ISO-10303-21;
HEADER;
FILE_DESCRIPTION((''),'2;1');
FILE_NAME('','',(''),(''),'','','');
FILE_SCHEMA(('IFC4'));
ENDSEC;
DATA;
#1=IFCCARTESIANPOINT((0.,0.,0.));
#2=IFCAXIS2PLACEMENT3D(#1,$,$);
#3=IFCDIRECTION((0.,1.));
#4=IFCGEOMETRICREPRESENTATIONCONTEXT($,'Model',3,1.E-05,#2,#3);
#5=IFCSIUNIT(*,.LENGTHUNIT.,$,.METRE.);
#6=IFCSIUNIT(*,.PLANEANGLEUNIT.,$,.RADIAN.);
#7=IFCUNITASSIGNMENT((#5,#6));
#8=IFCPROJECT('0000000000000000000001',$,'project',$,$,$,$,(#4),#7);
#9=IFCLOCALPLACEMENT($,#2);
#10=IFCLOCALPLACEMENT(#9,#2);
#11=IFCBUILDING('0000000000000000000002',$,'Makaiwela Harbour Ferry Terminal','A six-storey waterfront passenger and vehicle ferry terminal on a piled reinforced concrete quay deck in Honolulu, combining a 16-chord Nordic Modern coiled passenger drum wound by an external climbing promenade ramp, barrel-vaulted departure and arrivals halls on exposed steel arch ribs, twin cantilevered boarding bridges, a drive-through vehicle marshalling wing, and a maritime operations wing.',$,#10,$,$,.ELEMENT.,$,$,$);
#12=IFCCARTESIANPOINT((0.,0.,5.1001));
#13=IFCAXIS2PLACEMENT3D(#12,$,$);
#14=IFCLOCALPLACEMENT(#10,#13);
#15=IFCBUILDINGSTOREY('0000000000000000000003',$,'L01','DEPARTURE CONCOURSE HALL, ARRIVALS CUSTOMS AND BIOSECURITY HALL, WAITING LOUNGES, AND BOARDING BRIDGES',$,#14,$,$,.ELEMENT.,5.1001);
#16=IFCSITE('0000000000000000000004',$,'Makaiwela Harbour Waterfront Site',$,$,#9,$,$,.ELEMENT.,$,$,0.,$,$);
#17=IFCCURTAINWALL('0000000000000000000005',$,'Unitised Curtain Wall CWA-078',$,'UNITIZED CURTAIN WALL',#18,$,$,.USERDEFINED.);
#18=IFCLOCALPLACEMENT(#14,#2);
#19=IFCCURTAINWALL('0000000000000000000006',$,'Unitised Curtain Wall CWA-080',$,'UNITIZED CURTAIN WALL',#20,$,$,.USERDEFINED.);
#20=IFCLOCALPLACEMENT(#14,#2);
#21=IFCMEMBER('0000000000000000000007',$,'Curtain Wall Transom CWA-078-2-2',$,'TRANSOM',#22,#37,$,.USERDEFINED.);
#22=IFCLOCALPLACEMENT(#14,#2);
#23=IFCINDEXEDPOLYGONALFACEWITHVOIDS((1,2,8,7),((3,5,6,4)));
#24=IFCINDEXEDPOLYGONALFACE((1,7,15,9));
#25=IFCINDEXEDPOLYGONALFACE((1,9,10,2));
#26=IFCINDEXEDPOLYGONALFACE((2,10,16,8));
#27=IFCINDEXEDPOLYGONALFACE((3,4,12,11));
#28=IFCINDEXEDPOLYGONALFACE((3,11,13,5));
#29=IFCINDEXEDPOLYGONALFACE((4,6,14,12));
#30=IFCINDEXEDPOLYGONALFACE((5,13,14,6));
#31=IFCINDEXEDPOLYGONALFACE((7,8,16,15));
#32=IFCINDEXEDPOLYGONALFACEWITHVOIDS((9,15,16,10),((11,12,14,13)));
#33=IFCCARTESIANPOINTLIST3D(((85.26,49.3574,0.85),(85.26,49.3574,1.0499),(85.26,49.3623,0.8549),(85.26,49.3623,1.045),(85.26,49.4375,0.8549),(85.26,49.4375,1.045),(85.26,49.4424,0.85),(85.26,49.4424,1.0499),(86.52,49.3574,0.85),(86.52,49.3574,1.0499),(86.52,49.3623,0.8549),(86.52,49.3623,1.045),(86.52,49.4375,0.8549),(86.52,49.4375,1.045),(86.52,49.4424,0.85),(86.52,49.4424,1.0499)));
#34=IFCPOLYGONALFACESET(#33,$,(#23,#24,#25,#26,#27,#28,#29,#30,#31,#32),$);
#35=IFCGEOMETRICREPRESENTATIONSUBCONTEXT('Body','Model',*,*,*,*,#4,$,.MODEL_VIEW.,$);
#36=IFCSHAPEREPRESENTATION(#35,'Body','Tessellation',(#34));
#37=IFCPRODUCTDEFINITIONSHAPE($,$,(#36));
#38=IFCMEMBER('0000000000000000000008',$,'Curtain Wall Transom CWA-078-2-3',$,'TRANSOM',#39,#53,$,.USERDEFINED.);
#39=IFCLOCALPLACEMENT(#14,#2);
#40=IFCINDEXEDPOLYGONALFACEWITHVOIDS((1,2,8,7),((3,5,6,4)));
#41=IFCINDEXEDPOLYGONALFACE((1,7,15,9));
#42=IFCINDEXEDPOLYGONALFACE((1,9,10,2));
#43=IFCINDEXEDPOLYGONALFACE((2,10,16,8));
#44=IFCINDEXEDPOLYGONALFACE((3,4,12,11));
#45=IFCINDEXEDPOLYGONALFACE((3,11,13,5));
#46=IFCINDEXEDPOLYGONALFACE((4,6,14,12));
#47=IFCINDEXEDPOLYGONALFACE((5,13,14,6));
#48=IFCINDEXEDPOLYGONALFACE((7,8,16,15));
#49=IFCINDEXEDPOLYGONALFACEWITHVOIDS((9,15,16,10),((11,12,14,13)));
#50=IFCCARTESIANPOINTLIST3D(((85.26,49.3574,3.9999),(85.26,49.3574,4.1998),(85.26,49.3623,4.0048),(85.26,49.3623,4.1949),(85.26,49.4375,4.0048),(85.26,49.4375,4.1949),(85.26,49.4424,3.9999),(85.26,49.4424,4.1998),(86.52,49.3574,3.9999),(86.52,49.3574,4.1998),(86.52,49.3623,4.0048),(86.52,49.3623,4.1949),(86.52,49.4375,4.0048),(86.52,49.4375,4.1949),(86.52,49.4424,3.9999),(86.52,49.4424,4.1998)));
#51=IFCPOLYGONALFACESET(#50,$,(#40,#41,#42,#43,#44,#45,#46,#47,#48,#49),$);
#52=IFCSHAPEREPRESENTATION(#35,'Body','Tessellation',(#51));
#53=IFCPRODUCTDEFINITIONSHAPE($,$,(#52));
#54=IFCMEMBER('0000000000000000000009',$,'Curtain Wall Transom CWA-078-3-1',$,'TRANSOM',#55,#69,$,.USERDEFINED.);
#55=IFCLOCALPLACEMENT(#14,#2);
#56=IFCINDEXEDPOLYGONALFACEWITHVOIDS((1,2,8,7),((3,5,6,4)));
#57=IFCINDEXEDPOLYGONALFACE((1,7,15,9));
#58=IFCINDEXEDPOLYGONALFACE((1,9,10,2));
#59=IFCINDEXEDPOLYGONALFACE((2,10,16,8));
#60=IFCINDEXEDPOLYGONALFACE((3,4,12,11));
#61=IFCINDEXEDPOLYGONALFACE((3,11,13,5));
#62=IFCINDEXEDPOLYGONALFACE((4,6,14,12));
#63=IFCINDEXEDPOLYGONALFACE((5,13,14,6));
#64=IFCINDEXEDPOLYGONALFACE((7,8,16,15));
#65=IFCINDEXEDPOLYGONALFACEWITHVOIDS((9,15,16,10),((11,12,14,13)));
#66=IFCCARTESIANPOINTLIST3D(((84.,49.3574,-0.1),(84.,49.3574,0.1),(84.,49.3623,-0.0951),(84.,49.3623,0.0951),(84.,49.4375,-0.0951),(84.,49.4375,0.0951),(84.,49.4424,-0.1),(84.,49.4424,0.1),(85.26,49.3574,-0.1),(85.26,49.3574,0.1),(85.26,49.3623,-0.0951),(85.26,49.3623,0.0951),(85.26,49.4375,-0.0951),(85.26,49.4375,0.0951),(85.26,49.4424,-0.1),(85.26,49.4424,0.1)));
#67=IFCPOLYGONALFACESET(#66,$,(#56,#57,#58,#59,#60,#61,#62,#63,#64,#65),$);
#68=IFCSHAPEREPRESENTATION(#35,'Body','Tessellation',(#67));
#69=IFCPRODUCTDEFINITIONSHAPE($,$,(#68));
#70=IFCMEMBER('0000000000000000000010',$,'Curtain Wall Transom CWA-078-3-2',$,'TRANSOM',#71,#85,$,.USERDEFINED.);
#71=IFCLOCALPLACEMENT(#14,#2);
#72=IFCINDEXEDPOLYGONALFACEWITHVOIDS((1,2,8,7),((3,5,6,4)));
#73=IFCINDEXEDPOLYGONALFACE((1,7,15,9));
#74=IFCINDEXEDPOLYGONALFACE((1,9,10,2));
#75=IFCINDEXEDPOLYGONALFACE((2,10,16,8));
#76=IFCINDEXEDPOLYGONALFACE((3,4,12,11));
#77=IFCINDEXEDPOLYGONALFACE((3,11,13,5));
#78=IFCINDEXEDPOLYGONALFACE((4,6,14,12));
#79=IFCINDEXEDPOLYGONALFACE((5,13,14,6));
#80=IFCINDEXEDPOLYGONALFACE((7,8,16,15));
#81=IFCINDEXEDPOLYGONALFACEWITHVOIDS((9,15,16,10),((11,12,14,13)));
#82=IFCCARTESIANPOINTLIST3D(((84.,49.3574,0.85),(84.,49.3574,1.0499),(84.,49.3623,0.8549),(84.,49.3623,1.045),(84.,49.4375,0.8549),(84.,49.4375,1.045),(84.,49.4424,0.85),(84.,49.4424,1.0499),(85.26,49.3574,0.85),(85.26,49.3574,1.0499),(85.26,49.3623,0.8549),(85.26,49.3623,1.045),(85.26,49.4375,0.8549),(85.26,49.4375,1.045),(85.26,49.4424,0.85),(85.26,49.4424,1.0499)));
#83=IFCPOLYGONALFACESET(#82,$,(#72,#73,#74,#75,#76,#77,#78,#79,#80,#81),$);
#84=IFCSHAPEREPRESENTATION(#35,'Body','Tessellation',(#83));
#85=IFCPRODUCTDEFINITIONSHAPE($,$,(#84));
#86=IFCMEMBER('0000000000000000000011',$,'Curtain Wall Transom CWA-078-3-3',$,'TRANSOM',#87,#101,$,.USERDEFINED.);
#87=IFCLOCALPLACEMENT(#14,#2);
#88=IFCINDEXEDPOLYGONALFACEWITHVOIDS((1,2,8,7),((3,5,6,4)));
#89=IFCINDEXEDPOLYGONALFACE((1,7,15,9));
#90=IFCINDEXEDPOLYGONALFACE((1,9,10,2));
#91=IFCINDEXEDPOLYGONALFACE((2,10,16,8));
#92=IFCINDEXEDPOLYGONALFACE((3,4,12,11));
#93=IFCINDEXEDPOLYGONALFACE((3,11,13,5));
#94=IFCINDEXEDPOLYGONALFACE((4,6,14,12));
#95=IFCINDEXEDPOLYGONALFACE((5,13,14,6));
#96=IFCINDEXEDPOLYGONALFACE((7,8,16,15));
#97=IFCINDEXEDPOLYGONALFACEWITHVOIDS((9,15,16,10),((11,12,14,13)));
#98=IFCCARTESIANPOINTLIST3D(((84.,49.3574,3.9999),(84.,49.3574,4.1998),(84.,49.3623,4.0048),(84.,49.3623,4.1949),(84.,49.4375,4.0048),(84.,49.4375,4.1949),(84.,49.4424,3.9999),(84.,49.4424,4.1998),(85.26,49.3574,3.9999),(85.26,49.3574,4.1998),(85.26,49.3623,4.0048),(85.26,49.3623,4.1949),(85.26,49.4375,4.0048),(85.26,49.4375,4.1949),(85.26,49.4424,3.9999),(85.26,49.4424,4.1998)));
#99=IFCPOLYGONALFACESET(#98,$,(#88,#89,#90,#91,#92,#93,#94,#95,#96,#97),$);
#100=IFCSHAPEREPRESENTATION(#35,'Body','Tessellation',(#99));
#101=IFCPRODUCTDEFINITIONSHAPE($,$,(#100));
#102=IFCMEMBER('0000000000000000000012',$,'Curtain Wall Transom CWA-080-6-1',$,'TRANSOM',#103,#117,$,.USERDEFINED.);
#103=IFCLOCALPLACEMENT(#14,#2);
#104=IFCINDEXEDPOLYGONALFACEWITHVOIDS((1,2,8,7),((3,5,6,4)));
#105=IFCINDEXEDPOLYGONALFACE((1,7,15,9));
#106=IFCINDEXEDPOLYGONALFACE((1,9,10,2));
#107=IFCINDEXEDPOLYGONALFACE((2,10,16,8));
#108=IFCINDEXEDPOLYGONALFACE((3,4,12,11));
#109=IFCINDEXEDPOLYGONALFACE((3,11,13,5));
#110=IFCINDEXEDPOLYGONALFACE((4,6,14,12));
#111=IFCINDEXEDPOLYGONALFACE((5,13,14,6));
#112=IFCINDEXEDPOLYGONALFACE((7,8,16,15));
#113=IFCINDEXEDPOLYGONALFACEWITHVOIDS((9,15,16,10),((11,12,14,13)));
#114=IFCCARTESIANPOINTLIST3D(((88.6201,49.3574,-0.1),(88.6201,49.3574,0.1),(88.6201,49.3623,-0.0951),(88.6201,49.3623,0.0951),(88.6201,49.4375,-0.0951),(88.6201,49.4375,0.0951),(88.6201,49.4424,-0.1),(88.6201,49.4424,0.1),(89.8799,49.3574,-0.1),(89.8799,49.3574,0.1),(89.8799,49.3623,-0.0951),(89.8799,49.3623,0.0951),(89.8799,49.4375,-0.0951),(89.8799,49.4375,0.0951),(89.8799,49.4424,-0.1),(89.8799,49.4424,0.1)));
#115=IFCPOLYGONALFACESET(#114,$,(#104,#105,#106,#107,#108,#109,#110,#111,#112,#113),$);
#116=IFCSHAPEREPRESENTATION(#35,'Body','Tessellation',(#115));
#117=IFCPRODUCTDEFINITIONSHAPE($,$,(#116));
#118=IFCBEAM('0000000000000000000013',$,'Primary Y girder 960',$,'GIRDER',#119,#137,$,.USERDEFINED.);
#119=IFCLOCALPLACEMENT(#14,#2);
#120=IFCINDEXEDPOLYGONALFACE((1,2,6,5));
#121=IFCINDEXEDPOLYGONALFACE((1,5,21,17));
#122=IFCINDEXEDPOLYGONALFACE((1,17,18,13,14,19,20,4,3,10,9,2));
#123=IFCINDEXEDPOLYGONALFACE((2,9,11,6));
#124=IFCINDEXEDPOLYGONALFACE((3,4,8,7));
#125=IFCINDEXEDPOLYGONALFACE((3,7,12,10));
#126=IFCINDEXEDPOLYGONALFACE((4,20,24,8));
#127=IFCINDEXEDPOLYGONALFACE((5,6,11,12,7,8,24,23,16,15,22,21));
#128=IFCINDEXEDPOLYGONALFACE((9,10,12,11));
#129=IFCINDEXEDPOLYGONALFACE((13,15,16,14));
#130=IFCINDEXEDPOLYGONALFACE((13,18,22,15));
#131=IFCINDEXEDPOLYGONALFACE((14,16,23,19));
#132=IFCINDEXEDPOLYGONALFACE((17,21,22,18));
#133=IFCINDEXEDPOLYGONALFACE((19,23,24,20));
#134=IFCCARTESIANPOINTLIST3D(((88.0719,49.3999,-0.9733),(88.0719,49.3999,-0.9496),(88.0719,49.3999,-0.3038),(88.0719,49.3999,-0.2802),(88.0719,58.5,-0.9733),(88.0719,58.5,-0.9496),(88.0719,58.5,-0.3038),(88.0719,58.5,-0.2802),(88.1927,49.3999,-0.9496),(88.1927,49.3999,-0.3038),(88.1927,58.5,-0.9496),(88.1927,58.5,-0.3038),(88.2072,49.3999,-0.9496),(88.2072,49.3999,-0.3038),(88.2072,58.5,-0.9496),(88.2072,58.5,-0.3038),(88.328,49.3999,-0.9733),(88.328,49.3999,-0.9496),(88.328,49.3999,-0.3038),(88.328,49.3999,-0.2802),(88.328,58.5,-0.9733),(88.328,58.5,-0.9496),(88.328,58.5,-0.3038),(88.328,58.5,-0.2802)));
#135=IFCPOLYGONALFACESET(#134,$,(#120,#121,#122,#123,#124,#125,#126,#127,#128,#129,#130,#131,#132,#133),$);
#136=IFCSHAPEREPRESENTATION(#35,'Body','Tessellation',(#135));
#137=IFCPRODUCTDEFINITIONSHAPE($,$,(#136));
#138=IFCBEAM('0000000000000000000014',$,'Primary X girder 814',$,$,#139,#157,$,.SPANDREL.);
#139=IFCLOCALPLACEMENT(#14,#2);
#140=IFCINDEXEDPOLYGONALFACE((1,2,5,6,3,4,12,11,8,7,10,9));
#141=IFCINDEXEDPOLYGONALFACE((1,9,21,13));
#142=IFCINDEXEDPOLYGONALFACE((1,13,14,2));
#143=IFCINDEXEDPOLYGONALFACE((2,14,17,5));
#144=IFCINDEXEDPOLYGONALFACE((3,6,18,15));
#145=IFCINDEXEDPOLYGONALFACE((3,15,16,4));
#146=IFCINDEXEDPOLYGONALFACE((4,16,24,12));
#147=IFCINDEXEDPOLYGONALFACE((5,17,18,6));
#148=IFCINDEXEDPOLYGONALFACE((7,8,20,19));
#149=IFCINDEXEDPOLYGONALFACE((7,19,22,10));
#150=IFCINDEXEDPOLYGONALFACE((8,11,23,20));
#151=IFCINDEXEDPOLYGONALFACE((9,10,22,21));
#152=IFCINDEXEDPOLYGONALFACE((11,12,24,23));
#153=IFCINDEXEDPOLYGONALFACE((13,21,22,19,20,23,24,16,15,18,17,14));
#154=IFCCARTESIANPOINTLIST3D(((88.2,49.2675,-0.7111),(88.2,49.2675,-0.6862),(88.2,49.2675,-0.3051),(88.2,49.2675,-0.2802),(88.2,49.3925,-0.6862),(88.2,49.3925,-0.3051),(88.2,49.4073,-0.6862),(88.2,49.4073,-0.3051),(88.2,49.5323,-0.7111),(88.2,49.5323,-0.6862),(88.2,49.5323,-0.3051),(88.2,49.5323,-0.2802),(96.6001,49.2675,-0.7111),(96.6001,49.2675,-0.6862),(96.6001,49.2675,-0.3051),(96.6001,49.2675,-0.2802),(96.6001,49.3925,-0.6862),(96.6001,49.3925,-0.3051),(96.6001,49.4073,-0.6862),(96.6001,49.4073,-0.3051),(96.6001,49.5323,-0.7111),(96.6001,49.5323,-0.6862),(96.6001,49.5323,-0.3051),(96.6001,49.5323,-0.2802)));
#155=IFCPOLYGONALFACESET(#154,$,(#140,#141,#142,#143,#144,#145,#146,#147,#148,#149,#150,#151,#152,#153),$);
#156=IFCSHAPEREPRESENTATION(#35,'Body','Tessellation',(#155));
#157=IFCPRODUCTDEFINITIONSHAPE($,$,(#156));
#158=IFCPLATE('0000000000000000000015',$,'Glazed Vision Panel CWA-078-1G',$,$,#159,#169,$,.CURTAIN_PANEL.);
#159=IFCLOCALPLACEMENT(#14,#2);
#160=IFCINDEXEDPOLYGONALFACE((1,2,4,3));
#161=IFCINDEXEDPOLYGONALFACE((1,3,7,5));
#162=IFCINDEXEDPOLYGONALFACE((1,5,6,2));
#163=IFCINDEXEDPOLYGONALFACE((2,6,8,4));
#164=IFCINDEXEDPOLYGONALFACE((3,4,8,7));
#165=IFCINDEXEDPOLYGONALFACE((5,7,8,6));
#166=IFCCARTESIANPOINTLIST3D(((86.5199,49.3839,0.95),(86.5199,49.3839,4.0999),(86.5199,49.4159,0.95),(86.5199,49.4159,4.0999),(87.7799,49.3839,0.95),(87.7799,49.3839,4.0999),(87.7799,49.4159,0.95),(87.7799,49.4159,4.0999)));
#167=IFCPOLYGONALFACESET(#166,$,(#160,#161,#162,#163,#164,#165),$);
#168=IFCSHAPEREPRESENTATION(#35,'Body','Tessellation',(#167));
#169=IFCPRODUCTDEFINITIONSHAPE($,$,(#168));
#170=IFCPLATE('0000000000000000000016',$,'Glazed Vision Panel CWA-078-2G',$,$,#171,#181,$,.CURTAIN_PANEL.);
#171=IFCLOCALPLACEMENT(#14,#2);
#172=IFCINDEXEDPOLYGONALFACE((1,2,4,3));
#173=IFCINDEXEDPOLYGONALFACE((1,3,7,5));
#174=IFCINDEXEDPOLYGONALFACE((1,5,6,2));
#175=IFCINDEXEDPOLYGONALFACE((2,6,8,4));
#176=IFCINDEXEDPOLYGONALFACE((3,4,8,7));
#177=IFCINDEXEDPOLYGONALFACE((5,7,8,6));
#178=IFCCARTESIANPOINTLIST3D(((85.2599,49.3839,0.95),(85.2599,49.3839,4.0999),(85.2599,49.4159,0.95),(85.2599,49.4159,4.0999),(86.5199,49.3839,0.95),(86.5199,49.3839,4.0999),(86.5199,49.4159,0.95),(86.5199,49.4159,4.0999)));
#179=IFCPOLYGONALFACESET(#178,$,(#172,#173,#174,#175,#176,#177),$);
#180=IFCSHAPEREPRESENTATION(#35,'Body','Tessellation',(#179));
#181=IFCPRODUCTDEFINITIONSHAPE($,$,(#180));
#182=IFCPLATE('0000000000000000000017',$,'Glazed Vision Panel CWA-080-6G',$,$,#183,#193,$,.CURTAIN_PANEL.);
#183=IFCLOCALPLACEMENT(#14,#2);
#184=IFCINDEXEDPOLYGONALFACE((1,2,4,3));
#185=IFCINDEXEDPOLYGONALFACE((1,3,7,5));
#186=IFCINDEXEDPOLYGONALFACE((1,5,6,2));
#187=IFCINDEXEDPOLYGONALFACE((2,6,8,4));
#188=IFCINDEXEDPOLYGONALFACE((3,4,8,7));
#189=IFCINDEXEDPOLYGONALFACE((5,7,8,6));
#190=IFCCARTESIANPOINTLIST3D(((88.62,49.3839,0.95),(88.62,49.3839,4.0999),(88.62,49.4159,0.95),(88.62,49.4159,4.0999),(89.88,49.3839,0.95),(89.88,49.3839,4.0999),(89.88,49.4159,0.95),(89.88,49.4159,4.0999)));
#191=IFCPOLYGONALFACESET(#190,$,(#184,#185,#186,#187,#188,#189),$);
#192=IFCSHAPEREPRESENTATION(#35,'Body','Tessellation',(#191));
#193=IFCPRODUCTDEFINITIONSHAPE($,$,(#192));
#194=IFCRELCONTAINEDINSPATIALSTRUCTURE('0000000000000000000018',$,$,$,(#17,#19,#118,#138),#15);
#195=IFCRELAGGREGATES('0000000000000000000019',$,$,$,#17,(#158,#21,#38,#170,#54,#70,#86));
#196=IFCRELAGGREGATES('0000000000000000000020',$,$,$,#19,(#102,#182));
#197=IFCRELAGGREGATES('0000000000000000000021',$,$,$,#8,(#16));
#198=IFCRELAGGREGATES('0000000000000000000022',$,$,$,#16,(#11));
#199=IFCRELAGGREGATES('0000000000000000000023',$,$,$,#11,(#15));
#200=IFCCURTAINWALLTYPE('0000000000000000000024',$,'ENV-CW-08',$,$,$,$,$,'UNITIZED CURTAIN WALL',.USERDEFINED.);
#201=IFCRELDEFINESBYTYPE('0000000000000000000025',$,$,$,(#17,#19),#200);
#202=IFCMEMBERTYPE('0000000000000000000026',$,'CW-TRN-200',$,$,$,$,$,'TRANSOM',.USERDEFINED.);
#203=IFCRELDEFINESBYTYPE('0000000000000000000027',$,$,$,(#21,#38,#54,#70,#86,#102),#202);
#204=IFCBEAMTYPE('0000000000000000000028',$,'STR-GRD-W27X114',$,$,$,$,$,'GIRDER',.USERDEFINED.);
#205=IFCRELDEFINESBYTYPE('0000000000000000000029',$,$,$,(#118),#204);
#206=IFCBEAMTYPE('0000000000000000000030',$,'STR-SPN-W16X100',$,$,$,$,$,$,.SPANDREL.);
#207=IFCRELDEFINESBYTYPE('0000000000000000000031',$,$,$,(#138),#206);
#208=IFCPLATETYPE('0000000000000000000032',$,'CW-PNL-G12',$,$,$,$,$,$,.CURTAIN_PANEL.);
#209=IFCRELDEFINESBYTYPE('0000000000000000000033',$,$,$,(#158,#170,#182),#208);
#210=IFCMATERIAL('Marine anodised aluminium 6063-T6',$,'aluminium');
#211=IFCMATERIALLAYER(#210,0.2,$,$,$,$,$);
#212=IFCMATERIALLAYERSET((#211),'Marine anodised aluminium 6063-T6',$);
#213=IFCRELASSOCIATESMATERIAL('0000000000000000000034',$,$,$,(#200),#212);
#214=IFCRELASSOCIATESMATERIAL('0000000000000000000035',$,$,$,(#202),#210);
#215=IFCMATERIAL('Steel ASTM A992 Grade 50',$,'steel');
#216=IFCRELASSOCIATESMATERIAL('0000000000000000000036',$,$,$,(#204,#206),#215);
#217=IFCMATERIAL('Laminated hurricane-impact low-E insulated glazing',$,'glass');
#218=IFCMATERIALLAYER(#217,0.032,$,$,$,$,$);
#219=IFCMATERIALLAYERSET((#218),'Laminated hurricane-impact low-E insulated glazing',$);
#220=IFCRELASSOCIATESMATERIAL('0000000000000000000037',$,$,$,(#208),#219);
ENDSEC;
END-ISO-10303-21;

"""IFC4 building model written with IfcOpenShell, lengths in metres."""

from ifc_helpers import new_model, si_unit, direction, frame, origin, origin_2d, place, context, subcontext, project, spatial, rectangle, hollow_rectangle, i_section, extrude, material, layer, layer_set, material_profile, profile_set, type_object, element, aggregate, save


model = new_model("IFC4")

# Units and contexts
model_context = context("Model", 3, precision=1e-05, world=origin(), true_north=direction((0.0, 1.0)))
body_context = subcontext(model_context, "Body", "Model", "MODEL_VIEW")
ifc_project = project(units=[si_unit("LENGTHUNIT", "METRE"), si_unit("PLANEANGLEUNIT", "RADIAN")], contexts=[model_context])

# Site, building, storey
site_placement = place(None, origin())
site = spatial("IfcSite", under=ifc_project, at=site_placement, Name="Makaiwela Harbour Waterfront Site", CompositionType="ELEMENT", RefElevation=0.0)
building_placement = place(site_placement, origin())
building = spatial("IfcBuilding", under=site, at=building_placement, Name="Makaiwela Harbour Ferry Terminal", Description="A six-storey waterfront passenger and vehicle ferry terminal on a piled reinforced concrete quay deck in Honolulu, combining a 16-chord Nordic Modern coiled passenger drum wound by an external climbing promenade ramp, barrel-vaulted departure and arrivals halls on exposed steel arch ribs, twin cantilevered boarding bridges, a drive-through vehicle marshalling wing, and a maritime operations wing.", CompositionType="ELEMENT")
storey_placement = place(building_placement, frame((0.0, 0.0, 5.1001)))
storey = spatial("IfcBuildingStorey", under=building, at=storey_placement, Name="L01", Description="DEPARTURE CONCOURSE HALL, ARRIVALS CUSTOMS AND BIOSECURITY HALL, WAITING LOUNGES, AND BOARDING BRIDGES", CompositionType="ELEMENT", Elevation=5.1001)

# Shared definitions
ifc_material_1 = material(Name="Steel ASTM A992 Grade 50", Category="steel")

# Curtain walls
ifc_material_2 = material(Name="Marine anodised aluminium 6063-T6", Category="aluminium")
ifc_layer_1 = layer(ifc_material_2, 0.2)
ifc_layer_set_1 = layer_set([ifc_layer_1], Name="Marine anodised aluminium 6063-T6")
curtain_wall_type = type_object("IfcCurtainWallType", Name="ENV-CW-08", ElementType="UNITIZED CURTAIN WALL", PredefinedType="USERDEFINED", material=ifc_layer_set_1)
curtain_wall_1_placement = place(storey_placement, origin())
curtain_wall_1 = element("IfcCurtainWall", 1, at=curtain_wall_1_placement, inside=storey, type_object=curtain_wall_type, Name="Unitised Curtain Wall CWA-078", ObjectType="UNITIZED CURTAIN WALL", PredefinedType="USERDEFINED")
curtain_wall_2_placement = place(storey_placement, origin())
curtain_wall_2 = element("IfcCurtainWall", 2, at=curtain_wall_2_placement, inside=storey, type_object=curtain_wall_type, Name="Unitised Curtain Wall CWA-080", ObjectType="UNITIZED CURTAIN WALL", PredefinedType="USERDEFINED")

# Members
ifc_material_profile_1 = material_profile(ifc_material_2, hollow_rectangle(XDim=0.085, YDim=0.2, WallThickness=0.0049, at=origin_2d()), Name="CWT-200X85")
ifc_profile_set_1 = profile_set([ifc_material_profile_1], Name="Marine anodised aluminium 6063-T6")
member_type_1 = type_object("IfcMemberType", Name="CW-TRN-200", ElementType="TRANSOM", PredefinedType="USERDEFINED", material=ifc_profile_set_1)
member_1_placement = place(storey_placement, frame((86.52, 49.3999, 0.95), z_axis=(-1.0, 0.0, 0.0), x_axis=(0.0, -1.0, 0.0)))
member_1 = element("IfcMember", 3, at=member_1_placement, type_object=member_type_1, Name="Curtain Wall Transom CWA-078-2-2", ObjectType="TRANSOM", PredefinedType="USERDEFINED", context=body_context, shape_type="SweptSolid", body=[
    extrude(hollow_rectangle(XDim=0.085, YDim=0.2, WallThickness=0.0049, at=origin_2d()), origin(), (0.0, 0.0, 1.0), 1.26),
])
member_2_placement = place(storey_placement, frame((86.52, 49.3999, 4.0999), z_axis=(-1.0, 0.0, 0.0), x_axis=(0.0, -1.0, 0.0)))
member_2 = element("IfcMember", 4, at=member_2_placement, type_object=member_type_1, Name="Curtain Wall Transom CWA-078-2-3", ObjectType="TRANSOM", PredefinedType="USERDEFINED", context=body_context, shape_type="SweptSolid", body=[
    extrude(hollow_rectangle(XDim=0.085, YDim=0.2, WallThickness=0.0049, at=origin_2d()), origin(), (0.0, 0.0, 1.0), 1.26),
])
member_3_placement = place(storey_placement, frame((85.26, 49.3999, 0.0), z_axis=(-1.0, 0.0, 0.0), x_axis=(0.0, -1.0, 0.0)))
member_3 = element("IfcMember", 5, at=member_3_placement, type_object=member_type_1, Name="Curtain Wall Transom CWA-078-3-1", ObjectType="TRANSOM", PredefinedType="USERDEFINED", context=body_context, shape_type="SweptSolid", body=[
    extrude(hollow_rectangle(XDim=0.085, YDim=0.2, WallThickness=0.0049, at=origin_2d()), origin(), (0.0, 0.0, 1.0), 1.26),
])
member_4_placement = place(storey_placement, frame((85.26, 49.3999, 0.95), z_axis=(-1.0, 0.0, 0.0), x_axis=(0.0, -1.0, 0.0)))
member_4 = element("IfcMember", 6, at=member_4_placement, type_object=member_type_1, Name="Curtain Wall Transom CWA-078-3-2", ObjectType="TRANSOM", PredefinedType="USERDEFINED", context=body_context, shape_type="SweptSolid", body=[
    extrude(hollow_rectangle(XDim=0.085, YDim=0.2, WallThickness=0.0049, at=origin_2d()), origin(), (0.0, 0.0, 1.0), 1.26),
])
member_5_placement = place(storey_placement, frame((85.26, 49.3999, 4.0999), z_axis=(-1.0, 0.0, 0.0), x_axis=(0.0, -1.0, 0.0)))
member_5 = element("IfcMember", 7, at=member_5_placement, type_object=member_type_1, Name="Curtain Wall Transom CWA-078-3-3", ObjectType="TRANSOM", PredefinedType="USERDEFINED", context=body_context, shape_type="SweptSolid", body=[
    extrude(hollow_rectangle(XDim=0.085, YDim=0.2, WallThickness=0.0049, at=origin_2d()), origin(), (0.0, 0.0, 1.0), 1.26),
])
member_6_placement = place(storey_placement, frame((89.8799, 49.3999, 0.0), z_axis=(-1.0, 0.0, 0.0), x_axis=(0.0, -1.0, 0.0)))
member_6 = element("IfcMember", 8, at=member_6_placement, type_object=member_type_1, Name="Curtain Wall Transom CWA-080-6-1", ObjectType="TRANSOM", PredefinedType="USERDEFINED", context=body_context, shape_type="SweptSolid", body=[
    extrude(hollow_rectangle(XDim=0.085, YDim=0.2, WallThickness=0.0049, at=origin_2d()), origin(), (0.0, 0.0, 1.0), 1.2598),
])

# Beams
ifc_material_profile_2 = material_profile(ifc_material_1, i_section(OverallWidth=0.2561, OverallDepth=0.6931, WebThickness=0.0144, FlangeThickness=0.0237, at=origin_2d()), Name="W27X114")
ifc_profile_set_2 = profile_set([ifc_material_profile_2], Name="Steel ASTM A992 Grade 50")
beam_type_1 = type_object("IfcBeamType", Name="STR-GRD-W27X114", ElementType="GIRDER", PredefinedType="USERDEFINED", material=ifc_profile_set_2)
beam_1_placement = place(storey_placement, frame((88.2, 49.3999, -0.6267), z_axis=(0.0, 1.0, 0.0), x_axis=(-1.0, 0.0, 0.0)))
element("IfcBeam", 9, at=beam_1_placement, inside=storey, type_object=beam_type_1, Name="Primary Y girder 960", ObjectType="GIRDER", PredefinedType="USERDEFINED", context=body_context, shape_type="SweptSolid", body=[
    extrude(i_section(OverallWidth=0.2561, OverallDepth=0.6931, WebThickness=0.0144, FlangeThickness=0.0237, at=origin_2d()), origin(), (0.0, 0.0, 1.0), 9.1001),
])
ifc_material_profile_3 = material_profile(ifc_material_1, i_section(OverallWidth=0.2649, OverallDepth=0.4309, WebThickness=0.0149, FlangeThickness=0.0249, at=origin_2d()), Name="W16X100")
ifc_profile_set_3 = profile_set([ifc_material_profile_3], Name="Steel ASTM A992 Grade 50")
beam_type_2 = type_object("IfcBeamType", Name="STR-SPN-W16X100", PredefinedType="SPANDREL", material=ifc_profile_set_3)
beam_2_placement = place(storey_placement, frame((88.2, 49.3999, -0.4956), z_axis=(1.0, 0.0, 0.0), x_axis=(0.0, 1.0, 0.0)))
element("IfcBeam", 10, at=beam_2_placement, inside=storey, type_object=beam_type_2, Name="Primary X girder 814", PredefinedType="SPANDREL", context=body_context, shape_type="SweptSolid", body=[
    extrude(i_section(OverallWidth=0.2649, OverallDepth=0.4309, WebThickness=0.0149, FlangeThickness=0.0249, at=origin_2d()), origin(), (0.0, 0.0, 1.0), 8.4001),
])

# Plates
ifc_material_3 = material(Name="Laminated hurricane-impact low-E insulated glazing", Category="glass")
ifc_layer_2 = layer(ifc_material_3, 0.032)
ifc_layer_set_2 = layer_set([ifc_layer_2], Name="Laminated hurricane-impact low-E insulated glazing")
plate_type_1 = type_object("IfcPlateType", Name="CW-PNL-G12", PredefinedType="CURTAIN_PANEL", material=ifc_layer_set_2)
plate_1_placement = place(storey_placement, frame((87.1499, 49.3999, 0.95), z_axis=(0.0, 0.0, 1.0), x_axis=(-1.0, 0.0, 0.0)))
plate_1 = element("IfcPlate", 11, at=plate_1_placement, type_object=plate_type_1, Name="Glazed Vision Panel CWA-078-1G", PredefinedType="CURTAIN_PANEL", context=body_context, shape_type="SweptSolid", body=[
    extrude(rectangle(XDim=1.26, YDim=0.032, at=origin_2d()), origin(), (0.0, 0.0, 1.0), 3.1499),
])
plate_2_placement = place(storey_placement, frame((85.8899, 49.3999, 0.95), z_axis=(0.0, 0.0, 1.0), x_axis=(-1.0, 0.0, 0.0)))
plate_2 = element("IfcPlate", 12, at=plate_2_placement, type_object=plate_type_1, Name="Glazed Vision Panel CWA-078-2G", PredefinedType="CURTAIN_PANEL", context=body_context, shape_type="SweptSolid", body=[
    extrude(rectangle(XDim=1.26, YDim=0.032, at=origin_2d()), origin(), (0.0, 0.0, 1.0), 3.1499),
])
plate_3_placement = place(storey_placement, frame((89.25, 49.3999, 0.95), z_axis=(0.0, 0.0, 1.0), x_axis=(-1.0, 0.0, 0.0)))
plate_3 = element("IfcPlate", 13, at=plate_3_placement, type_object=plate_type_1, Name="Glazed Vision Panel CWA-080-6G", PredefinedType="CURTAIN_PANEL", context=body_context, shape_type="SweptSolid", body=[
    extrude(rectangle(XDim=1.26, YDim=0.032, at=origin_2d()), origin(), (0.0, 0.0, 1.0), 3.1499),
])
aggregate(curtain_wall_1, [plate_1, member_1, member_2, plate_2, member_3, member_4, member_5])
aggregate(curtain_wall_2, [member_6, plate_3])

save(model, "model.ifc")
